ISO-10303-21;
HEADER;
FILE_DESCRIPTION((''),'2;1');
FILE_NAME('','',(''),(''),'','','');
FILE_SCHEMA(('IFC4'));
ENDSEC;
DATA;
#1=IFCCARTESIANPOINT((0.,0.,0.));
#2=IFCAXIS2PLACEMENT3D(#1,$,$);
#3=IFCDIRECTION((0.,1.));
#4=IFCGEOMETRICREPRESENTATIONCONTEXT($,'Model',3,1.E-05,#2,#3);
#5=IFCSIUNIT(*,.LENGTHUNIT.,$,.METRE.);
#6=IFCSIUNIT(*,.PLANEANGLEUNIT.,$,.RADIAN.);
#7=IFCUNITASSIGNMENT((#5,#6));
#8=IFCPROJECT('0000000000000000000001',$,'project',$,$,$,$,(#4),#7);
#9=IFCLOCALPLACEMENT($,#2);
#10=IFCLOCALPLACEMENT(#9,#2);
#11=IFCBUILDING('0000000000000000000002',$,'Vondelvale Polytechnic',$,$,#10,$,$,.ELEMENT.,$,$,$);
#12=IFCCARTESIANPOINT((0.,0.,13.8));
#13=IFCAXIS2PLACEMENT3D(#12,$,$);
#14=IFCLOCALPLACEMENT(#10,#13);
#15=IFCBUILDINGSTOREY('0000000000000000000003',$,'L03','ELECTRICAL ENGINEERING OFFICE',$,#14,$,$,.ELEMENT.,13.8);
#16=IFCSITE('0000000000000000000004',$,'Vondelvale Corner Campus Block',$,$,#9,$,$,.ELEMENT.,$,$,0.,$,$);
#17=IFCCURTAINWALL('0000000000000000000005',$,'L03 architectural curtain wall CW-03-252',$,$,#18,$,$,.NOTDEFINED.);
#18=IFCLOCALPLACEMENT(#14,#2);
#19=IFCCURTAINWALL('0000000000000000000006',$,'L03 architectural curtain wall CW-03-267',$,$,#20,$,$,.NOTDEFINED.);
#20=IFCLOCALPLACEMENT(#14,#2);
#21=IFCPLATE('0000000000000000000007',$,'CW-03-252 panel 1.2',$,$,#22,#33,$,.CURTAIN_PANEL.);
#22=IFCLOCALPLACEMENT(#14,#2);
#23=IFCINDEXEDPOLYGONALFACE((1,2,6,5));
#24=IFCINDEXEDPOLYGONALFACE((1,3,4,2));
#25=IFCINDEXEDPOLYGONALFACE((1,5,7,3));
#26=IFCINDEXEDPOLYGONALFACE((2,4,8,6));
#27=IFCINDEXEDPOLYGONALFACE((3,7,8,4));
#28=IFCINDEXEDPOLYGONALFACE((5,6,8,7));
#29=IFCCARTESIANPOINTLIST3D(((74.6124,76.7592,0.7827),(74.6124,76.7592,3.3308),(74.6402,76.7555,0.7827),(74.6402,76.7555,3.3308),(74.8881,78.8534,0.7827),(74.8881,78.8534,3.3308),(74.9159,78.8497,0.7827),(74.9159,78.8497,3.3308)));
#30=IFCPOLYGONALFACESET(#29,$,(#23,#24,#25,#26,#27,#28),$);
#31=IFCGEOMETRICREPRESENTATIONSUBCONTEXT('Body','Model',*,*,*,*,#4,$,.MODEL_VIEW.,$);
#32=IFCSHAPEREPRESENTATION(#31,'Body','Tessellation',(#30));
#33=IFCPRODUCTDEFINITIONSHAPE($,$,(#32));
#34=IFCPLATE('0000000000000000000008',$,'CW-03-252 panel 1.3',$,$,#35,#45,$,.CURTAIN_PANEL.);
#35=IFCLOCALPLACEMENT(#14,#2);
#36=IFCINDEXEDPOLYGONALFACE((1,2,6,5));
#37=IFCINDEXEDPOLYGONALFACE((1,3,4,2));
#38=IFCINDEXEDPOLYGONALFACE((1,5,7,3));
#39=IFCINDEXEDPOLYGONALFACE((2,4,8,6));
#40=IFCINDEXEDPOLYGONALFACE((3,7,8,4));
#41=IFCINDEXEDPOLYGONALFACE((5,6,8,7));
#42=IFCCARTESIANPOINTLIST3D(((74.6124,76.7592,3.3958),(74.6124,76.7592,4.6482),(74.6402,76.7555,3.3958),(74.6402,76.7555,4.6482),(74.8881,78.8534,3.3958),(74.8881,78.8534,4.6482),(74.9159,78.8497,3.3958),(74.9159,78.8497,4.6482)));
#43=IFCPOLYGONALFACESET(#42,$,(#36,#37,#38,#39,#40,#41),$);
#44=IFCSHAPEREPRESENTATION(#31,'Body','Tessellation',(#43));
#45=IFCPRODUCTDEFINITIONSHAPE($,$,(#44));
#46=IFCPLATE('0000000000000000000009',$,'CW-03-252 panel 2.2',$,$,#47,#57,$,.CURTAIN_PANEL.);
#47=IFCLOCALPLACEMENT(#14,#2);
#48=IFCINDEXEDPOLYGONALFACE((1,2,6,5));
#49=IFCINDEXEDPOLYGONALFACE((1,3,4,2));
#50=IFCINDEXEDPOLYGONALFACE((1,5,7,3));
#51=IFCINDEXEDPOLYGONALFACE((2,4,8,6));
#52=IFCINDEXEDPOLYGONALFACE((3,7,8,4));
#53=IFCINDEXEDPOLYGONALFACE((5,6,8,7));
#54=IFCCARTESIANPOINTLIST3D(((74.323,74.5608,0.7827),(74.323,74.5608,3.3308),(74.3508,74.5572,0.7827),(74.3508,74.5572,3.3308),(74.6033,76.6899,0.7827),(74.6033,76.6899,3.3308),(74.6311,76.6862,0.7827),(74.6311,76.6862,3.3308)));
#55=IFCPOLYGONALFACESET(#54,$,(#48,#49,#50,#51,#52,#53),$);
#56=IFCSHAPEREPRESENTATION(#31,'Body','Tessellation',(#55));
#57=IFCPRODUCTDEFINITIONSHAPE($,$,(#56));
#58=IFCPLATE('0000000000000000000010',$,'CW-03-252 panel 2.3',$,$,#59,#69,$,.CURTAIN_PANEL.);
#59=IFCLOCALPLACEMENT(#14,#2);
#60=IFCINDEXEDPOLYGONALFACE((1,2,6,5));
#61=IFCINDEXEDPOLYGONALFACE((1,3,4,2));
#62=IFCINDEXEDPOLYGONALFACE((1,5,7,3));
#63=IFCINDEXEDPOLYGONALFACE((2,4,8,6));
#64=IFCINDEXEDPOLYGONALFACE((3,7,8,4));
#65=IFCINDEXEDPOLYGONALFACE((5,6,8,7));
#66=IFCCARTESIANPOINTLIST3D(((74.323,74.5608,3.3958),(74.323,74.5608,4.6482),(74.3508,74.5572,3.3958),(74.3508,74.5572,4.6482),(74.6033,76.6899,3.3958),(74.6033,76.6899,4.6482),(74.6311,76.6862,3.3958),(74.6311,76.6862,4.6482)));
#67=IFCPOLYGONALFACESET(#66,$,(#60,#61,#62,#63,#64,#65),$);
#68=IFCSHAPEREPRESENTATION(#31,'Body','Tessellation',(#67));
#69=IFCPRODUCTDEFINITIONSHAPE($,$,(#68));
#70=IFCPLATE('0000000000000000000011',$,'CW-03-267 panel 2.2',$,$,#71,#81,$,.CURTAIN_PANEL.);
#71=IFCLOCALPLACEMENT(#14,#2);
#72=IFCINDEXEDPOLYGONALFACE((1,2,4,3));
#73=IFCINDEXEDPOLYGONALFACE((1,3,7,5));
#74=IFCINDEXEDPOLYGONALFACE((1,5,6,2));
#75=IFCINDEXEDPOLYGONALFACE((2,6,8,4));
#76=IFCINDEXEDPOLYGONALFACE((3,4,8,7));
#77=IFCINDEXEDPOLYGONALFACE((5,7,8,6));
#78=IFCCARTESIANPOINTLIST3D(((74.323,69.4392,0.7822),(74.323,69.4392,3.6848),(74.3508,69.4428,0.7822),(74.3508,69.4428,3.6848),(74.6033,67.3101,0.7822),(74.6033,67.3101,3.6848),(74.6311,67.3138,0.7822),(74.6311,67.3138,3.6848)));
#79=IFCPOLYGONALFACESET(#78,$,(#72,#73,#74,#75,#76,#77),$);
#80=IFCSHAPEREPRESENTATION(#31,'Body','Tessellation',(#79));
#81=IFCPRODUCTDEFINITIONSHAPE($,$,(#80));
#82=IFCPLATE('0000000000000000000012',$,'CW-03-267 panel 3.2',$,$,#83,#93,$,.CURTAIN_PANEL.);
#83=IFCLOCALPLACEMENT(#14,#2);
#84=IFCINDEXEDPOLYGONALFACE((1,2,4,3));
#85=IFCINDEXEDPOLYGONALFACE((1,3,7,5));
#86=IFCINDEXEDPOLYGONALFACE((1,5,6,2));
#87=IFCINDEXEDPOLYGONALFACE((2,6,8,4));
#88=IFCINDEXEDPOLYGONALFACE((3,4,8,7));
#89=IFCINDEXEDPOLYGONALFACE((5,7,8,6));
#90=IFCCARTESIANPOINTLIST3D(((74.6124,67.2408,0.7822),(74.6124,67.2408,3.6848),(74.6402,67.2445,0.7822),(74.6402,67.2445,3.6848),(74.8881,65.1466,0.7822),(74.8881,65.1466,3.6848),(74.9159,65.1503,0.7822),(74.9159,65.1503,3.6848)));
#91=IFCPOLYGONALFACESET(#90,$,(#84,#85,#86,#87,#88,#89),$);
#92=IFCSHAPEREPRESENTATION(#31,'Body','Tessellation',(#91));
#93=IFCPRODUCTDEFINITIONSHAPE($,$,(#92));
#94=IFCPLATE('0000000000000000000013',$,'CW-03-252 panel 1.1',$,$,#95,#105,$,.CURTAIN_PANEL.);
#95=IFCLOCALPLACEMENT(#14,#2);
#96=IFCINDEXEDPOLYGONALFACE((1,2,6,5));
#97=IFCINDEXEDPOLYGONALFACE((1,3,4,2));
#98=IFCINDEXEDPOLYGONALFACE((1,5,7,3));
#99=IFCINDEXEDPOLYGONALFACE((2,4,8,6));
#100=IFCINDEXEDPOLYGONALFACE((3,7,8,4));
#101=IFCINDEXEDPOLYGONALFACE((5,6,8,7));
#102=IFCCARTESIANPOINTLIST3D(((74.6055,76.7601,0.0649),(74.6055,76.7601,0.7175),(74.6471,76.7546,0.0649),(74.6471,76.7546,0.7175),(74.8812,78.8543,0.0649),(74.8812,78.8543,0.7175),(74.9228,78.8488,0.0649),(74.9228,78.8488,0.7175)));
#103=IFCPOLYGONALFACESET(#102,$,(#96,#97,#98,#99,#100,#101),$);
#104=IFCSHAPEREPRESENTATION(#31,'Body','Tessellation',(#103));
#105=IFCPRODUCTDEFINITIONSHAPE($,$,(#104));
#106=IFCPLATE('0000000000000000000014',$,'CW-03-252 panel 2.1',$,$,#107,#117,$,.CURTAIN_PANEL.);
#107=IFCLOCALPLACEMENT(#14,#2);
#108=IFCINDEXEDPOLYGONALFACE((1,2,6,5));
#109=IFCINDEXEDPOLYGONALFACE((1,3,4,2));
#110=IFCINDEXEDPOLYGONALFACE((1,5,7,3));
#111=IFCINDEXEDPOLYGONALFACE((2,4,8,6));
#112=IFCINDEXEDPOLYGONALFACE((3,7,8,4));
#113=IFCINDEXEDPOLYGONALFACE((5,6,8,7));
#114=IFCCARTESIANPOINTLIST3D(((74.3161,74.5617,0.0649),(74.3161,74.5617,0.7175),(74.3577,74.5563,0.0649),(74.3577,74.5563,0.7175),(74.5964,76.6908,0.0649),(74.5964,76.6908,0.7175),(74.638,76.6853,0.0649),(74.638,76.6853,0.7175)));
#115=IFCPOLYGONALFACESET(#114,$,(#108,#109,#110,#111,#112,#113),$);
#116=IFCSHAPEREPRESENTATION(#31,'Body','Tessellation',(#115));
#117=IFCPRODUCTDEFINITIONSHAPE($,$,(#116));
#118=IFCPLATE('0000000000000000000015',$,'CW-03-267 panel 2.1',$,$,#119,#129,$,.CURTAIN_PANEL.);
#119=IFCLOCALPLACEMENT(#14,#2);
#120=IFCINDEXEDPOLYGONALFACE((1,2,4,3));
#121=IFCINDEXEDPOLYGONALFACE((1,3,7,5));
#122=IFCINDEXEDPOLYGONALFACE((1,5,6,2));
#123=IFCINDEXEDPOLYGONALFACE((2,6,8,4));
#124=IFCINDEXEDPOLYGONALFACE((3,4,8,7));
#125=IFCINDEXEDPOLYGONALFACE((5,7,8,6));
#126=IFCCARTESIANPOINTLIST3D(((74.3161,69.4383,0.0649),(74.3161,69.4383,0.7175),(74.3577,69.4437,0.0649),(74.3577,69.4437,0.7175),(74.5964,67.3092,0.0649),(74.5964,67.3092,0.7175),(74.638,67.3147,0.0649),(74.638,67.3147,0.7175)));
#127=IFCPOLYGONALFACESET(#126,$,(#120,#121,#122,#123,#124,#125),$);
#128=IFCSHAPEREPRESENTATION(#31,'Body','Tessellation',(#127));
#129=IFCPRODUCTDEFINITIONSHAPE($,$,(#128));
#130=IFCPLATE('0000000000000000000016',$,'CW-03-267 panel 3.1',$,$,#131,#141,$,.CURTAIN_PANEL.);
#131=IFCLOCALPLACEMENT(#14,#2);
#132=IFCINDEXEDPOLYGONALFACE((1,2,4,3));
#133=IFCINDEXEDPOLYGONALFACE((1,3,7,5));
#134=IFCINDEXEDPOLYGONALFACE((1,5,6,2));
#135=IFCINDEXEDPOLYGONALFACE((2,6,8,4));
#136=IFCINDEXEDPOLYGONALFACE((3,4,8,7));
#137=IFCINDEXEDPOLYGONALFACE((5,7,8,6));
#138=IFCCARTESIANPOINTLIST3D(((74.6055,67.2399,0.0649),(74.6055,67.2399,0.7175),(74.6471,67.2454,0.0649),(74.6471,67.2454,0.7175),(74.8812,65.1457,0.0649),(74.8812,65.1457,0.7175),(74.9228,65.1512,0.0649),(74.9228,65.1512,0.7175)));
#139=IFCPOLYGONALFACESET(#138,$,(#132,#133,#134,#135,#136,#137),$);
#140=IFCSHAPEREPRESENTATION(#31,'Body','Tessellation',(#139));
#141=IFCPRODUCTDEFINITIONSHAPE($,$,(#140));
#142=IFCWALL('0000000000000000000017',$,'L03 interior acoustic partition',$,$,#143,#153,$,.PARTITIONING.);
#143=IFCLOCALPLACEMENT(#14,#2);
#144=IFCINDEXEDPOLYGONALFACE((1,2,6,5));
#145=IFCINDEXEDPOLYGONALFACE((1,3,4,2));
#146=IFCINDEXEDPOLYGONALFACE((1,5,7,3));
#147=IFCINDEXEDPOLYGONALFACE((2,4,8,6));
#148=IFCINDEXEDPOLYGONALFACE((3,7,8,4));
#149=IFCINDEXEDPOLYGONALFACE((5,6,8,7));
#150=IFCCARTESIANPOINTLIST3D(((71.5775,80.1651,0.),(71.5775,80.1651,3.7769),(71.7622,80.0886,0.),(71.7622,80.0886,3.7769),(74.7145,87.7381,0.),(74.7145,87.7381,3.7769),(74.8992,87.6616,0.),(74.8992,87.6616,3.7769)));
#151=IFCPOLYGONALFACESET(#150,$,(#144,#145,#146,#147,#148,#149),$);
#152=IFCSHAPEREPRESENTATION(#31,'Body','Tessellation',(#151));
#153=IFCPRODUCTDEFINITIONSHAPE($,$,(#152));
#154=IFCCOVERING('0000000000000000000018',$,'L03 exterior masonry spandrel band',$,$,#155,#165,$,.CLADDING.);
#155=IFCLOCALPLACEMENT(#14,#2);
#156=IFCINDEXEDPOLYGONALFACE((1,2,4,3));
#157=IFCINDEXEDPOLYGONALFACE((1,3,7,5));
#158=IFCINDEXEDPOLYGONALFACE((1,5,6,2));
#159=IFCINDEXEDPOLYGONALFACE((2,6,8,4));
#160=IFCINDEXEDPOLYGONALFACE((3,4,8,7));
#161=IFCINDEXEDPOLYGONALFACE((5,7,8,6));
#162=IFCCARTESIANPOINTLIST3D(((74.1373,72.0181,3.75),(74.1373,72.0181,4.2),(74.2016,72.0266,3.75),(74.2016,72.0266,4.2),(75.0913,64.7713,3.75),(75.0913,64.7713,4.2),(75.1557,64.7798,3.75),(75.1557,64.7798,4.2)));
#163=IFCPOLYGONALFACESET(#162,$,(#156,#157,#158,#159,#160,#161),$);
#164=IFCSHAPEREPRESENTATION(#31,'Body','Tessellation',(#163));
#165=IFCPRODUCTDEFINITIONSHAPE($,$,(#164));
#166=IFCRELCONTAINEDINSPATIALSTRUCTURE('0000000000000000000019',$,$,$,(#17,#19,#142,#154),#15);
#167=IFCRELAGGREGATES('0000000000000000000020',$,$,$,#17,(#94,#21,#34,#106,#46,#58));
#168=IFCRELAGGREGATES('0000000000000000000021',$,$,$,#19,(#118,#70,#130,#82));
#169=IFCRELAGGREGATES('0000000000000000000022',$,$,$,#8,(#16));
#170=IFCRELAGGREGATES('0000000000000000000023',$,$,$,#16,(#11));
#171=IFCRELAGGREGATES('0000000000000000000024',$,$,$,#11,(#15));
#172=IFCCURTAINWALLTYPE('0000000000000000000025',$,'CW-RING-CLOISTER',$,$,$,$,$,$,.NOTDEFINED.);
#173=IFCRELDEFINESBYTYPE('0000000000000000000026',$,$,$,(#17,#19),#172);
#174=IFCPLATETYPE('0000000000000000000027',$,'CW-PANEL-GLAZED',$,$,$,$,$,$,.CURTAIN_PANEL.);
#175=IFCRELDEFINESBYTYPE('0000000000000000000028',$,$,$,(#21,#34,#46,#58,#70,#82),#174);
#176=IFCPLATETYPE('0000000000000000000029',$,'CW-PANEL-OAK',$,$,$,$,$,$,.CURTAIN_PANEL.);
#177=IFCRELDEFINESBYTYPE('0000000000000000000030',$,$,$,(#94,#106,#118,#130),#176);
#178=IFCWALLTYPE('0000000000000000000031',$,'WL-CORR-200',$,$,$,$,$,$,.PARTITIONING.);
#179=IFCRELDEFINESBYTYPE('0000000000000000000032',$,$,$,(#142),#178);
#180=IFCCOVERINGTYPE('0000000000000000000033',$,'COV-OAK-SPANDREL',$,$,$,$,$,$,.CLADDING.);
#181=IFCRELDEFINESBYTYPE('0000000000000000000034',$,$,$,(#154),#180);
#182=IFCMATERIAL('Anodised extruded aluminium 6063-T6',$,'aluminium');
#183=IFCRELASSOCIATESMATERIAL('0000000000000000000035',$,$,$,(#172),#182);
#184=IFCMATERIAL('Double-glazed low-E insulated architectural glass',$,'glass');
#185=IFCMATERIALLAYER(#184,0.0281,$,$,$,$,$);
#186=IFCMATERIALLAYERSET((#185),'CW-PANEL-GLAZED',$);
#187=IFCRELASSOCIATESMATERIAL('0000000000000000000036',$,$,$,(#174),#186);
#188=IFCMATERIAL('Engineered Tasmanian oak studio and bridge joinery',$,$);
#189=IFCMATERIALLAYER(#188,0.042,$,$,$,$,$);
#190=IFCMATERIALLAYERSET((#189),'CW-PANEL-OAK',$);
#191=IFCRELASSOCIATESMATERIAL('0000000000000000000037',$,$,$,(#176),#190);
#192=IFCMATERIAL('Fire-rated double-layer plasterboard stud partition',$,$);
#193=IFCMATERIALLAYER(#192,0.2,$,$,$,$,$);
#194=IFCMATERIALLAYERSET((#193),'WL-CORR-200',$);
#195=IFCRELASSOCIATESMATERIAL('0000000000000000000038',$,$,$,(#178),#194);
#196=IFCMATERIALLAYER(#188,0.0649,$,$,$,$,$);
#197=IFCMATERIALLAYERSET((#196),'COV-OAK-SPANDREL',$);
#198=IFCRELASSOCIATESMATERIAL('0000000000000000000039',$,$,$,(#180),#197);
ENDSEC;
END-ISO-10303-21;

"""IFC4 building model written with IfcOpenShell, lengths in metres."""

from ifc_helpers import new_model, si_unit, direction, frame, frame_2d, origin, origin_2d, place, context, subcontext, project, spatial, rectangle, extrude, material, layer, layer_set, type_object, element, aggregate, save


model = new_model("IFC4")

# Units and contexts
model_context = context("Model", 3, precision=1e-05, world=origin(), true_north=direction((0.0, 1.0)))
body_context = subcontext(model_context, "Body", "Model", "MODEL_VIEW")
ifc_project = project(units=[si_unit("LENGTHUNIT", "METRE"), si_unit("PLANEANGLEUNIT", "RADIAN")], contexts=[model_context])

# Site, building, storey
site_placement = place(None, origin())
site = spatial("IfcSite", under=ifc_project, at=site_placement, Name="Vondelvale Corner Campus Block", CompositionType="ELEMENT", RefElevation=0.0)
building_placement = place(site_placement, origin())
building = spatial("IfcBuilding", under=site, at=building_placement, Name="Vondelvale Polytechnic", CompositionType="ELEMENT")
storey_placement = place(building_placement, frame((0.0, 0.0, 13.8)))
storey = spatial("IfcBuildingStorey", under=building, at=storey_placement, Name="L03", Description="ELECTRICAL ENGINEERING OFFICE", CompositionType="ELEMENT", Elevation=13.8)

# Curtain walls
ifc_material_1 = material(Name="Anodised extruded aluminium 6063-T6", Category="aluminium")
curtain_wall_type = type_object("IfcCurtainWallType", Name="CW-RING-CLOISTER", PredefinedType="NOTDEFINED", material=ifc_material_1)
curtain_wall_1_placement = place(storey_placement, origin())
curtain_wall_1 = element("IfcCurtainWall", 1, at=curtain_wall_1_placement, inside=storey, type_object=curtain_wall_type, Name="L03 architectural curtain wall CW-03-252", PredefinedType="NOTDEFINED")
curtain_wall_2_placement = place(storey_placement, origin())
curtain_wall_2 = element("IfcCurtainWall", 2, at=curtain_wall_2_placement, inside=storey, type_object=curtain_wall_type, Name="L03 architectural curtain wall CW-03-267", PredefinedType="NOTDEFINED")

# Plates
ifc_material_2 = material(Name="Double-glazed low-E insulated architectural glass", Category="glass")
ifc_layer_1 = layer(ifc_material_2, 0.0281)
ifc_layer_set_1 = layer_set([ifc_layer_1], Name="CW-PANEL-GLAZED")
plate_type_1 = type_object("IfcPlateType", Name="CW-PANEL-GLAZED", PredefinedType="CURTAIN_PANEL", material=ifc_layer_set_1)
plate_1_placement = place(storey_placement, frame((74.7642, 77.8044, 0.7827), z_axis=(0.0, 0.0, 1.0), x_axis=(-0.130528, -0.991445, 0.0)))
plate_1 = element("IfcPlate", 3, at=plate_1_placement, type_object=plate_type_1, Name="CW-03-252 panel 1.2", PredefinedType="CURTAIN_PANEL", context=body_context, shape_type="SweptSolid", body=[
    extrude(rectangle(XDim=2.1123, YDim=0.0281, at=origin_2d()), origin(), (0.0, 0.0, 1.0), 2.5481),
])
plate_2_placement = place(storey_placement, frame((74.7642, 77.8044, 3.3958), z_axis=(0.0, 0.0, 1.0), x_axis=(-0.130528, -0.991445, 0.0)))
plate_2 = element("IfcPlate", 4, at=plate_2_placement, type_object=plate_type_1, Name="CW-03-252 panel 1.3", PredefinedType="CURTAIN_PANEL", context=body_context, shape_type="SweptSolid", body=[
    extrude(rectangle(XDim=2.1123, YDim=0.0281, at=origin_2d()), origin(), (0.0, 0.0, 1.0), 1.2524),
])
plate_3_placement = place(storey_placement, frame((74.4771, 75.6235, 0.7827), z_axis=(0.0, 0.0, 1.0), x_axis=(-0.130528, -0.991445, 0.0)))
plate_3 = element("IfcPlate", 5, at=plate_3_placement, type_object=plate_type_1, Name="CW-03-252 panel 2.2", PredefinedType="CURTAIN_PANEL", context=body_context, shape_type="SweptSolid", body=[
    extrude(rectangle(XDim=2.1475, YDim=0.0281, at=origin_2d()), origin(), (0.0, 0.0, 1.0), 2.5481),
])
plate_4_placement = place(storey_placement, frame((74.4771, 75.6235, 3.3958), z_axis=(0.0, 0.0, 1.0), x_axis=(-0.130528, -0.991445, 0.0)))
plate_4 = element("IfcPlate", 6, at=plate_4_placement, type_object=plate_type_1, Name="CW-03-252 panel 2.3", PredefinedType="CURTAIN_PANEL", context=body_context, shape_type="SweptSolid", body=[
    extrude(rectangle(XDim=2.1475, YDim=0.0281, at=origin_2d()), origin(), (0.0, 0.0, 1.0), 1.2524),
])
plate_5_placement = place(storey_placement, frame((74.4771, 68.3765, 0.7822), z_axis=(0.0, 0.0, 1.0), x_axis=(0.130528, -0.991445, 0.0)))
plate_5 = element("IfcPlate", 7, at=plate_5_placement, type_object=plate_type_1, Name="CW-03-267 panel 2.2", PredefinedType="CURTAIN_PANEL", context=body_context, shape_type="SweptSolid", body=[
    extrude(rectangle(XDim=2.1475, YDim=0.0281, at=origin_2d()), origin(), (0.0, 0.0, 1.0), 2.9026),
])
plate_6_placement = place(storey_placement, frame((74.7642, 66.1956, 0.7822), z_axis=(0.0, 0.0, 1.0), x_axis=(0.130528, -0.991445, 0.0)))
plate_6 = element("IfcPlate", 8, at=plate_6_placement, type_object=plate_type_1, Name="CW-03-267 panel 3.2", PredefinedType="CURTAIN_PANEL", context=body_context, shape_type="SweptSolid", body=[
    extrude(rectangle(XDim=2.1123, YDim=0.0281, at=origin_2d()), origin(), (0.0, 0.0, 1.0), 2.9026),
])
ifc_material_3 = material(Name="Engineered Tasmanian oak studio and bridge joinery")
ifc_layer_2 = layer(ifc_material_3, 0.042)
ifc_layer_set_2 = layer_set([ifc_layer_2], Name="CW-PANEL-OAK")
plate_type_2 = type_object("IfcPlateType", Name="CW-PANEL-OAK", PredefinedType="CURTAIN_PANEL", material=ifc_layer_set_2)
plate_7_placement = place(storey_placement, frame((74.7642, 77.8044, 0.0649), z_axis=(0.0, 0.0, 1.0), x_axis=(-0.130528, -0.991445, 0.0)))
plate_7 = element("IfcPlate", 9, at=plate_7_placement, type_object=plate_type_2, Name="CW-03-252 panel 1.1", PredefinedType="CURTAIN_PANEL", context=body_context, shape_type="SweptSolid", body=[
    extrude(rectangle(XDim=2.1123, YDim=0.042, at=origin_2d()), origin(), (0.0, 0.0, 1.0), 0.6526),
])
plate_8_placement = place(storey_placement, frame((74.4771, 75.6235, 0.0649), z_axis=(0.0, 0.0, 1.0), x_axis=(-0.130528, -0.991445, 0.0)))
plate_8 = element("IfcPlate", 10, at=plate_8_placement, type_object=plate_type_2, Name="CW-03-252 panel 2.1", PredefinedType="CURTAIN_PANEL", context=body_context, shape_type="SweptSolid", body=[
    extrude(rectangle(XDim=2.1475, YDim=0.042, at=origin_2d()), origin(), (0.0, 0.0, 1.0), 0.6526),
])
aggregate(curtain_wall_1, [plate_7, plate_1, plate_2, plate_8, plate_3, plate_4])
plate_9_placement = place(storey_placement, frame((74.4771, 68.3765, 0.0649), z_axis=(0.0, 0.0, 1.0), x_axis=(0.130528, -0.991445, 0.0)))
plate_9 = element("IfcPlate", 11, at=plate_9_placement, type_object=plate_type_2, Name="CW-03-267 panel 2.1", PredefinedType="CURTAIN_PANEL", context=body_context, shape_type="SweptSolid", body=[
    extrude(rectangle(XDim=2.1475, YDim=0.042, at=origin_2d()), origin(), (0.0, 0.0, 1.0), 0.6526),
])
plate_10_placement = place(storey_placement, frame((74.7642, 66.1956, 0.0649), z_axis=(0.0, 0.0, 1.0), x_axis=(0.130528, -0.991445, 0.0)))
plate_10 = element("IfcPlate", 12, at=plate_10_placement, type_object=plate_type_2, Name="CW-03-267 panel 3.1", PredefinedType="CURTAIN_PANEL", context=body_context, shape_type="SweptSolid", body=[
    extrude(rectangle(XDim=2.1123, YDim=0.042, at=origin_2d()), origin(), (0.0, 0.0, 1.0), 0.6526),
])
aggregate(curtain_wall_2, [plate_9, plate_5, plate_10, plate_6])

# Wall
ifc_material_4 = material(Name="Fire-rated double-layer plasterboard stud partition")
ifc_layer_3 = layer(ifc_material_4, 0.2)
ifc_layer_set_3 = layer_set([ifc_layer_3], Name="WL-CORR-200")
wall_type = type_object("IfcWallType", Name="WL-CORR-200", PredefinedType="PARTITIONING", material=ifc_layer_set_3)
wall_placement = place(storey_placement, frame((74.8069, 87.7, 0.0), z_axis=(0.0, 0.0, 1.0), x_axis=(-0.382696, -0.923874, 0.0)))
element("IfcWall", 13, at=wall_placement, inside=storey, type_object=wall_type, Name="L03 interior acoustic partition", PredefinedType="PARTITIONING", context=body_context, shape_type="SweptSolid", body=[
    extrude(rectangle(XDim=8.197, YDim=0.2, at=frame_2d((4.0986, 0.0))), origin(), (0.0, 0.0, 1.0), 3.7769),
])

# Covering
ifc_layer_4 = layer(ifc_material_3, 0.0649)
ifc_layer_set_4 = layer_set([ifc_layer_4], Name="COV-OAK-SPANDREL")
covering_type = type_object("IfcCoveringType", Name="COV-OAK-SPANDREL", PredefinedType="CLADDING", material=ifc_layer_set_4)
covering_placement = place(storey_placement, frame((74.6465, 68.3989, 3.75), z_axis=(0.0, 0.0, 1.0), x_axis=(0.130526, -0.991445, 0.0)))
element("IfcCovering", 14, at=covering_placement, inside=storey, type_object=covering_type, Name="L03 exterior masonry spandrel band", PredefinedType="CLADDING", context=body_context, shape_type="SweptSolid", body=[
    extrude(rectangle(XDim=7.3093, YDim=0.0649, at=origin_2d()), origin(), (0.0, 0.0, 1.0), 0.45),
])

save(model, "model.ifc")
